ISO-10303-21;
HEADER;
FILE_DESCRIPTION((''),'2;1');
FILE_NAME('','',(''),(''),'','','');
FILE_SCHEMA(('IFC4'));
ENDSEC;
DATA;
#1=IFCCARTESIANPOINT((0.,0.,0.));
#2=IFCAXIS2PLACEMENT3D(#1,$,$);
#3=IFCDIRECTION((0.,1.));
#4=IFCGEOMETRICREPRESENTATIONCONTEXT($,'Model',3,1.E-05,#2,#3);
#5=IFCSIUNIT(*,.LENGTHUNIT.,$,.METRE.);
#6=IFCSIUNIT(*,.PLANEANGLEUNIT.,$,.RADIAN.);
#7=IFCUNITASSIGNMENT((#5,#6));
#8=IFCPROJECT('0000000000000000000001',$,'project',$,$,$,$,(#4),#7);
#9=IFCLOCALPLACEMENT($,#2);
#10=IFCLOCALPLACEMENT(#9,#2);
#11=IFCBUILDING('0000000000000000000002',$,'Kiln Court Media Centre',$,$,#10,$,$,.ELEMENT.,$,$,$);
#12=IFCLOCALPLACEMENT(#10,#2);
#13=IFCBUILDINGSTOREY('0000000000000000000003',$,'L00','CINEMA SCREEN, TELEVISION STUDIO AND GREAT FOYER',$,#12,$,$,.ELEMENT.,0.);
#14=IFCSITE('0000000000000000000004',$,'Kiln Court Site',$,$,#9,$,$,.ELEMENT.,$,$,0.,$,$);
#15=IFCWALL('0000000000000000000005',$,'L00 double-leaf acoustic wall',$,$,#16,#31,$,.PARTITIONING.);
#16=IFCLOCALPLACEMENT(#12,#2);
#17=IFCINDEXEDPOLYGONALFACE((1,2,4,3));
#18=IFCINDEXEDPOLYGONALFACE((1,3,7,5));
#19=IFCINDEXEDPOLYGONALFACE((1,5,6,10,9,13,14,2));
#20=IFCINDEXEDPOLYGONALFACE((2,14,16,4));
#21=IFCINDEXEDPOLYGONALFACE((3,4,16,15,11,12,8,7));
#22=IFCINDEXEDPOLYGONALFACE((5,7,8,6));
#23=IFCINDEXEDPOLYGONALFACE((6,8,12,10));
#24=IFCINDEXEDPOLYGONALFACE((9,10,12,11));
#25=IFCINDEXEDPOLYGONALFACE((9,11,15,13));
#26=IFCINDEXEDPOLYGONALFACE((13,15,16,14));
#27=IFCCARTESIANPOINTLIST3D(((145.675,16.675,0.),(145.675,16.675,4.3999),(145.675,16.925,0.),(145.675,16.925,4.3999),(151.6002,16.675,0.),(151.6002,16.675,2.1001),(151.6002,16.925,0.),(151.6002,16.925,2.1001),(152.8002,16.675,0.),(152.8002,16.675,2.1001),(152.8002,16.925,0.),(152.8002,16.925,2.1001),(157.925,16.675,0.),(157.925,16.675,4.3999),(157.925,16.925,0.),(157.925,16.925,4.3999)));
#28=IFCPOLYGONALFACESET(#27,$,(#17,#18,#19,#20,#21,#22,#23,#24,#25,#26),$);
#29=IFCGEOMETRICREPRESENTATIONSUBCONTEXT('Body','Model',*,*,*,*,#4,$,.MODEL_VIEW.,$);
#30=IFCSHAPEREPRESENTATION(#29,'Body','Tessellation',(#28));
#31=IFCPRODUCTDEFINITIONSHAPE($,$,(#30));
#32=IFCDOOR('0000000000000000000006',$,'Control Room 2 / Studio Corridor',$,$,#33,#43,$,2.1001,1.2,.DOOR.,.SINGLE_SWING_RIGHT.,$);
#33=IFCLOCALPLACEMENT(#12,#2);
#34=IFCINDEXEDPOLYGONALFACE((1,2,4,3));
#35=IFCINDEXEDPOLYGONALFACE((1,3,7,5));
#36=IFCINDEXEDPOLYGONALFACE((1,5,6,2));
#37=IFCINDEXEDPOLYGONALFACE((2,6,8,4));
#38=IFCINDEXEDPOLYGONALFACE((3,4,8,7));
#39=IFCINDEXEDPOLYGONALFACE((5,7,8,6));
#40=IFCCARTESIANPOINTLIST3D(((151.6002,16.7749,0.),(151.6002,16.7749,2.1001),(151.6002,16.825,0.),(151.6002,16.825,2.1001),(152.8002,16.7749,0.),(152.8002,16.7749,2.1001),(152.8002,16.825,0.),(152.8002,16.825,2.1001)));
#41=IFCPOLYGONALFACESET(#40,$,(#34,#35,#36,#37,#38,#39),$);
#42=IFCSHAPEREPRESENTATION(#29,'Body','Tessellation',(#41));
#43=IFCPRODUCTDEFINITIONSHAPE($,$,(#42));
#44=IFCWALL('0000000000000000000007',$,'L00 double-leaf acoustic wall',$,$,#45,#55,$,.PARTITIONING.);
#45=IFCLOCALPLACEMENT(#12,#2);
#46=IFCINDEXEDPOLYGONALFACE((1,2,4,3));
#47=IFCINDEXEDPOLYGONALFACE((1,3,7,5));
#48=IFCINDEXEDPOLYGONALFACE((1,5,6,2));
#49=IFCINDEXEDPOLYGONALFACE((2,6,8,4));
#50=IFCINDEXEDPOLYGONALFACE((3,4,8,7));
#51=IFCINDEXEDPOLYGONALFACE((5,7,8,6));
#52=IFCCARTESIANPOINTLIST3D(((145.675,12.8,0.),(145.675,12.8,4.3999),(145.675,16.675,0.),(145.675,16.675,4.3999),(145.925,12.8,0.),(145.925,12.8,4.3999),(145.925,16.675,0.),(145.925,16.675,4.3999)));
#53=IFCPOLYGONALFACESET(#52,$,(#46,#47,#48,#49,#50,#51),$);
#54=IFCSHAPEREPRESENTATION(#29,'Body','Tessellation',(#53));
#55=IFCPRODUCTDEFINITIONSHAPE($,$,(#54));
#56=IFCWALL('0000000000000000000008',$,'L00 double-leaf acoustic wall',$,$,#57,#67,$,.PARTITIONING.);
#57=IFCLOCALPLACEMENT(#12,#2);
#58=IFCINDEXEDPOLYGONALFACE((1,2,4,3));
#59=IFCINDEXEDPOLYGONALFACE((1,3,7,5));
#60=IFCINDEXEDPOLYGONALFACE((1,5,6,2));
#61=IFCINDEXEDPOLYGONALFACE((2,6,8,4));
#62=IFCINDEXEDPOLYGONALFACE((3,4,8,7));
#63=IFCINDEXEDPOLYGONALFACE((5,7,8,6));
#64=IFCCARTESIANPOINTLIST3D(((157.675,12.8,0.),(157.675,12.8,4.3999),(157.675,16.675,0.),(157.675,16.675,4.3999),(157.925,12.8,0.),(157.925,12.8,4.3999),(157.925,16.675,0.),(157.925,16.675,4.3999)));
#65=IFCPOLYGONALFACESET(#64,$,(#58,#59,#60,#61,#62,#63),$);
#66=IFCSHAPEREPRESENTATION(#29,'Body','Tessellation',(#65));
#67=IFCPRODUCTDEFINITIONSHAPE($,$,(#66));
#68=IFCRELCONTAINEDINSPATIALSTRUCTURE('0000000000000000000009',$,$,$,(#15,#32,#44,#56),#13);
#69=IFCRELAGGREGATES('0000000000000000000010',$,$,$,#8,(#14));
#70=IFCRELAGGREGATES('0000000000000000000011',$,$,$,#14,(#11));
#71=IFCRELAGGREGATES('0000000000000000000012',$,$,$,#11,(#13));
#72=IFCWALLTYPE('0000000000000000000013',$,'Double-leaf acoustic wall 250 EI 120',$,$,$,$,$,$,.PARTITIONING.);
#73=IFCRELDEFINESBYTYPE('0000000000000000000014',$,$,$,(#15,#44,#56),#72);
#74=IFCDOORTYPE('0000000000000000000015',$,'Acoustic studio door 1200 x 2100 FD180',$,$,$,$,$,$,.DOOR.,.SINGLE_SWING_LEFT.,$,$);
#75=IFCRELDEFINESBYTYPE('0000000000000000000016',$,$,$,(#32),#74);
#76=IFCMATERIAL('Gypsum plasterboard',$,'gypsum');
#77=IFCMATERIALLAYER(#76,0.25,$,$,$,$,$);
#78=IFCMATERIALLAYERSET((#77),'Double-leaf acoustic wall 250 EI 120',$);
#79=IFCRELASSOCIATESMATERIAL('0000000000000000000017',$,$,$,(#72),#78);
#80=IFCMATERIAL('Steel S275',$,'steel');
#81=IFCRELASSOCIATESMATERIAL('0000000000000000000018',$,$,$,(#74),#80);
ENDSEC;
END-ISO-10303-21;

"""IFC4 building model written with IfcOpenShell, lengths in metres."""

from ifc_helpers import new_model, si_unit, direction, frame, frame_2d, origin, place, context, subcontext, project, spatial, rectangle, extrude, material, layer, layer_set, type_object, element, fill, save


model = new_model("IFC4")

# Units and contexts
model_context = context("Model", 3, precision=1e-05, world=origin(), true_north=direction((0.0, 1.0)))
body_context = subcontext(model_context, "Body", "Model", "MODEL_VIEW")
ifc_project = project(units=[si_unit("LENGTHUNIT", "METRE"), si_unit("PLANEANGLEUNIT", "RADIAN")], contexts=[model_context])

# Site, building, storey
site_placement = place(None, origin())
site = spatial("IfcSite", under=ifc_project, at=site_placement, Name="Kiln Court Site", CompositionType="ELEMENT", RefElevation=0.0)
building_placement = place(site_placement, origin())
building = spatial("IfcBuilding", under=site, at=building_placement, Name="Kiln Court Media Centre", CompositionType="ELEMENT")
storey_placement = place(building_placement, origin())
storey = spatial("IfcBuildingStorey", under=building, at=storey_placement, Name="L00", Description="CINEMA SCREEN, TELEVISION STUDIO AND GREAT FOYER", CompositionType="ELEMENT", Elevation=0.0)

# Wall, opening, door
ifc_material_1 = material(Name="Gypsum plasterboard", Category="gypsum")
ifc_layer_1 = layer(ifc_material_1, 0.25)
ifc_layer_set_1 = layer_set([ifc_layer_1], Name="Double-leaf acoustic wall 250 EI 120")
wall_type_1 = type_object("IfcWallType", Name="Double-leaf acoustic wall 250 EI 120", PredefinedType="PARTITIONING", material=ifc_layer_set_1)
wall_1_placement = place(storey_placement, frame((145.675, 16.8, 0.0), z_axis=(0.0, 0.0, 1.0), x_axis=(1.0, 0.0, 0.0)))
wall_1 = element("IfcWall", 1, at=wall_1_placement, inside=storey, type_object=wall_type_1, Name="L00 double-leaf acoustic wall", PredefinedType="PARTITIONING", context=body_context, shape_type="SweptSolid", body=[
    extrude(rectangle(XDim=12.25, YDim=0.25, at=frame_2d((6.125, 0.0))), origin(), (0.0, 0.0, 1.0), 4.3999),
])
opening_1_placement = place(wall_1_placement, frame((5.925, 0.0, 0.0)))
opening_1 = element("IfcOpeningElement", 2, at=opening_1_placement, cuts=wall_1, PredefinedType="OPENING", context=body_context, shape_type="SweptSolid", body=[
    extrude(rectangle(XDim=1.2, YDim=2.1001, at=frame_2d((0.6001, 1.05))), frame((0.0, 0.135, 0.0), z_axis=(0.0, -1.0, 0.0), x_axis=(1.0, 0.0, 0.0)), (0.0, 0.0, 1.0), 0.27),
])
ifc_material_2 = material(Name="Steel S275", Category="steel")
door_type_1 = type_object("IfcDoorType", Name="Acoustic studio door 1200 x 2100 FD180", OperationType="SINGLE_SWING_LEFT", PredefinedType="DOOR", material=ifc_material_2)
door_1_placement = place(opening_1_placement, origin())
door_1 = element("IfcDoor", 3, at=door_1_placement, inside=storey, type_object=door_type_1, Name="Control Room 2 / Studio Corridor", OperationType="SINGLE_SWING_RIGHT", OverallHeight=2.1001, OverallWidth=1.2, PredefinedType="DOOR", context=body_context, shape_type="SweptSolid", body=[
    extrude(rectangle(XDim=1.2, YDim=2.1001, at=frame_2d((0.6001, 1.05))), frame((0.0, 0.0249, 0.0), z_axis=(0.0, -1.0, 0.0), x_axis=(1.0, 0.0, 0.0)), (0.0, 0.0, 1.0), 0.05),
])
fill(opening_1, door_1)

# Walls
for number, where, z_axis, x_axis, name in (
    (4, (145.8, 12.8, 0.0), (0.0, 0.0, 1.0), (0.0, 1.0, 0.0), "L00 double-leaf acoustic wall"),
    (5, (157.8, 12.8, 0.0), (0.0, 0.0, 1.0), (0.0, 1.0, 0.0), "L00 double-leaf acoustic wall"),
):
    element("IfcWall", number, at=place(storey_placement, frame(where, z_axis=z_axis, x_axis=x_axis)), inside=storey, type_object=wall_type_1, Name=name, PredefinedType="PARTITIONING", context=body_context, shape_type="SweptSolid", body=[
        extrude(rectangle(XDim=3.875, YDim=0.25, at=frame_2d((1.9375, 0.0))), origin(), (0.0, 0.0, 1.0), 4.3999),
    ])

save(model, "model.ifc")
